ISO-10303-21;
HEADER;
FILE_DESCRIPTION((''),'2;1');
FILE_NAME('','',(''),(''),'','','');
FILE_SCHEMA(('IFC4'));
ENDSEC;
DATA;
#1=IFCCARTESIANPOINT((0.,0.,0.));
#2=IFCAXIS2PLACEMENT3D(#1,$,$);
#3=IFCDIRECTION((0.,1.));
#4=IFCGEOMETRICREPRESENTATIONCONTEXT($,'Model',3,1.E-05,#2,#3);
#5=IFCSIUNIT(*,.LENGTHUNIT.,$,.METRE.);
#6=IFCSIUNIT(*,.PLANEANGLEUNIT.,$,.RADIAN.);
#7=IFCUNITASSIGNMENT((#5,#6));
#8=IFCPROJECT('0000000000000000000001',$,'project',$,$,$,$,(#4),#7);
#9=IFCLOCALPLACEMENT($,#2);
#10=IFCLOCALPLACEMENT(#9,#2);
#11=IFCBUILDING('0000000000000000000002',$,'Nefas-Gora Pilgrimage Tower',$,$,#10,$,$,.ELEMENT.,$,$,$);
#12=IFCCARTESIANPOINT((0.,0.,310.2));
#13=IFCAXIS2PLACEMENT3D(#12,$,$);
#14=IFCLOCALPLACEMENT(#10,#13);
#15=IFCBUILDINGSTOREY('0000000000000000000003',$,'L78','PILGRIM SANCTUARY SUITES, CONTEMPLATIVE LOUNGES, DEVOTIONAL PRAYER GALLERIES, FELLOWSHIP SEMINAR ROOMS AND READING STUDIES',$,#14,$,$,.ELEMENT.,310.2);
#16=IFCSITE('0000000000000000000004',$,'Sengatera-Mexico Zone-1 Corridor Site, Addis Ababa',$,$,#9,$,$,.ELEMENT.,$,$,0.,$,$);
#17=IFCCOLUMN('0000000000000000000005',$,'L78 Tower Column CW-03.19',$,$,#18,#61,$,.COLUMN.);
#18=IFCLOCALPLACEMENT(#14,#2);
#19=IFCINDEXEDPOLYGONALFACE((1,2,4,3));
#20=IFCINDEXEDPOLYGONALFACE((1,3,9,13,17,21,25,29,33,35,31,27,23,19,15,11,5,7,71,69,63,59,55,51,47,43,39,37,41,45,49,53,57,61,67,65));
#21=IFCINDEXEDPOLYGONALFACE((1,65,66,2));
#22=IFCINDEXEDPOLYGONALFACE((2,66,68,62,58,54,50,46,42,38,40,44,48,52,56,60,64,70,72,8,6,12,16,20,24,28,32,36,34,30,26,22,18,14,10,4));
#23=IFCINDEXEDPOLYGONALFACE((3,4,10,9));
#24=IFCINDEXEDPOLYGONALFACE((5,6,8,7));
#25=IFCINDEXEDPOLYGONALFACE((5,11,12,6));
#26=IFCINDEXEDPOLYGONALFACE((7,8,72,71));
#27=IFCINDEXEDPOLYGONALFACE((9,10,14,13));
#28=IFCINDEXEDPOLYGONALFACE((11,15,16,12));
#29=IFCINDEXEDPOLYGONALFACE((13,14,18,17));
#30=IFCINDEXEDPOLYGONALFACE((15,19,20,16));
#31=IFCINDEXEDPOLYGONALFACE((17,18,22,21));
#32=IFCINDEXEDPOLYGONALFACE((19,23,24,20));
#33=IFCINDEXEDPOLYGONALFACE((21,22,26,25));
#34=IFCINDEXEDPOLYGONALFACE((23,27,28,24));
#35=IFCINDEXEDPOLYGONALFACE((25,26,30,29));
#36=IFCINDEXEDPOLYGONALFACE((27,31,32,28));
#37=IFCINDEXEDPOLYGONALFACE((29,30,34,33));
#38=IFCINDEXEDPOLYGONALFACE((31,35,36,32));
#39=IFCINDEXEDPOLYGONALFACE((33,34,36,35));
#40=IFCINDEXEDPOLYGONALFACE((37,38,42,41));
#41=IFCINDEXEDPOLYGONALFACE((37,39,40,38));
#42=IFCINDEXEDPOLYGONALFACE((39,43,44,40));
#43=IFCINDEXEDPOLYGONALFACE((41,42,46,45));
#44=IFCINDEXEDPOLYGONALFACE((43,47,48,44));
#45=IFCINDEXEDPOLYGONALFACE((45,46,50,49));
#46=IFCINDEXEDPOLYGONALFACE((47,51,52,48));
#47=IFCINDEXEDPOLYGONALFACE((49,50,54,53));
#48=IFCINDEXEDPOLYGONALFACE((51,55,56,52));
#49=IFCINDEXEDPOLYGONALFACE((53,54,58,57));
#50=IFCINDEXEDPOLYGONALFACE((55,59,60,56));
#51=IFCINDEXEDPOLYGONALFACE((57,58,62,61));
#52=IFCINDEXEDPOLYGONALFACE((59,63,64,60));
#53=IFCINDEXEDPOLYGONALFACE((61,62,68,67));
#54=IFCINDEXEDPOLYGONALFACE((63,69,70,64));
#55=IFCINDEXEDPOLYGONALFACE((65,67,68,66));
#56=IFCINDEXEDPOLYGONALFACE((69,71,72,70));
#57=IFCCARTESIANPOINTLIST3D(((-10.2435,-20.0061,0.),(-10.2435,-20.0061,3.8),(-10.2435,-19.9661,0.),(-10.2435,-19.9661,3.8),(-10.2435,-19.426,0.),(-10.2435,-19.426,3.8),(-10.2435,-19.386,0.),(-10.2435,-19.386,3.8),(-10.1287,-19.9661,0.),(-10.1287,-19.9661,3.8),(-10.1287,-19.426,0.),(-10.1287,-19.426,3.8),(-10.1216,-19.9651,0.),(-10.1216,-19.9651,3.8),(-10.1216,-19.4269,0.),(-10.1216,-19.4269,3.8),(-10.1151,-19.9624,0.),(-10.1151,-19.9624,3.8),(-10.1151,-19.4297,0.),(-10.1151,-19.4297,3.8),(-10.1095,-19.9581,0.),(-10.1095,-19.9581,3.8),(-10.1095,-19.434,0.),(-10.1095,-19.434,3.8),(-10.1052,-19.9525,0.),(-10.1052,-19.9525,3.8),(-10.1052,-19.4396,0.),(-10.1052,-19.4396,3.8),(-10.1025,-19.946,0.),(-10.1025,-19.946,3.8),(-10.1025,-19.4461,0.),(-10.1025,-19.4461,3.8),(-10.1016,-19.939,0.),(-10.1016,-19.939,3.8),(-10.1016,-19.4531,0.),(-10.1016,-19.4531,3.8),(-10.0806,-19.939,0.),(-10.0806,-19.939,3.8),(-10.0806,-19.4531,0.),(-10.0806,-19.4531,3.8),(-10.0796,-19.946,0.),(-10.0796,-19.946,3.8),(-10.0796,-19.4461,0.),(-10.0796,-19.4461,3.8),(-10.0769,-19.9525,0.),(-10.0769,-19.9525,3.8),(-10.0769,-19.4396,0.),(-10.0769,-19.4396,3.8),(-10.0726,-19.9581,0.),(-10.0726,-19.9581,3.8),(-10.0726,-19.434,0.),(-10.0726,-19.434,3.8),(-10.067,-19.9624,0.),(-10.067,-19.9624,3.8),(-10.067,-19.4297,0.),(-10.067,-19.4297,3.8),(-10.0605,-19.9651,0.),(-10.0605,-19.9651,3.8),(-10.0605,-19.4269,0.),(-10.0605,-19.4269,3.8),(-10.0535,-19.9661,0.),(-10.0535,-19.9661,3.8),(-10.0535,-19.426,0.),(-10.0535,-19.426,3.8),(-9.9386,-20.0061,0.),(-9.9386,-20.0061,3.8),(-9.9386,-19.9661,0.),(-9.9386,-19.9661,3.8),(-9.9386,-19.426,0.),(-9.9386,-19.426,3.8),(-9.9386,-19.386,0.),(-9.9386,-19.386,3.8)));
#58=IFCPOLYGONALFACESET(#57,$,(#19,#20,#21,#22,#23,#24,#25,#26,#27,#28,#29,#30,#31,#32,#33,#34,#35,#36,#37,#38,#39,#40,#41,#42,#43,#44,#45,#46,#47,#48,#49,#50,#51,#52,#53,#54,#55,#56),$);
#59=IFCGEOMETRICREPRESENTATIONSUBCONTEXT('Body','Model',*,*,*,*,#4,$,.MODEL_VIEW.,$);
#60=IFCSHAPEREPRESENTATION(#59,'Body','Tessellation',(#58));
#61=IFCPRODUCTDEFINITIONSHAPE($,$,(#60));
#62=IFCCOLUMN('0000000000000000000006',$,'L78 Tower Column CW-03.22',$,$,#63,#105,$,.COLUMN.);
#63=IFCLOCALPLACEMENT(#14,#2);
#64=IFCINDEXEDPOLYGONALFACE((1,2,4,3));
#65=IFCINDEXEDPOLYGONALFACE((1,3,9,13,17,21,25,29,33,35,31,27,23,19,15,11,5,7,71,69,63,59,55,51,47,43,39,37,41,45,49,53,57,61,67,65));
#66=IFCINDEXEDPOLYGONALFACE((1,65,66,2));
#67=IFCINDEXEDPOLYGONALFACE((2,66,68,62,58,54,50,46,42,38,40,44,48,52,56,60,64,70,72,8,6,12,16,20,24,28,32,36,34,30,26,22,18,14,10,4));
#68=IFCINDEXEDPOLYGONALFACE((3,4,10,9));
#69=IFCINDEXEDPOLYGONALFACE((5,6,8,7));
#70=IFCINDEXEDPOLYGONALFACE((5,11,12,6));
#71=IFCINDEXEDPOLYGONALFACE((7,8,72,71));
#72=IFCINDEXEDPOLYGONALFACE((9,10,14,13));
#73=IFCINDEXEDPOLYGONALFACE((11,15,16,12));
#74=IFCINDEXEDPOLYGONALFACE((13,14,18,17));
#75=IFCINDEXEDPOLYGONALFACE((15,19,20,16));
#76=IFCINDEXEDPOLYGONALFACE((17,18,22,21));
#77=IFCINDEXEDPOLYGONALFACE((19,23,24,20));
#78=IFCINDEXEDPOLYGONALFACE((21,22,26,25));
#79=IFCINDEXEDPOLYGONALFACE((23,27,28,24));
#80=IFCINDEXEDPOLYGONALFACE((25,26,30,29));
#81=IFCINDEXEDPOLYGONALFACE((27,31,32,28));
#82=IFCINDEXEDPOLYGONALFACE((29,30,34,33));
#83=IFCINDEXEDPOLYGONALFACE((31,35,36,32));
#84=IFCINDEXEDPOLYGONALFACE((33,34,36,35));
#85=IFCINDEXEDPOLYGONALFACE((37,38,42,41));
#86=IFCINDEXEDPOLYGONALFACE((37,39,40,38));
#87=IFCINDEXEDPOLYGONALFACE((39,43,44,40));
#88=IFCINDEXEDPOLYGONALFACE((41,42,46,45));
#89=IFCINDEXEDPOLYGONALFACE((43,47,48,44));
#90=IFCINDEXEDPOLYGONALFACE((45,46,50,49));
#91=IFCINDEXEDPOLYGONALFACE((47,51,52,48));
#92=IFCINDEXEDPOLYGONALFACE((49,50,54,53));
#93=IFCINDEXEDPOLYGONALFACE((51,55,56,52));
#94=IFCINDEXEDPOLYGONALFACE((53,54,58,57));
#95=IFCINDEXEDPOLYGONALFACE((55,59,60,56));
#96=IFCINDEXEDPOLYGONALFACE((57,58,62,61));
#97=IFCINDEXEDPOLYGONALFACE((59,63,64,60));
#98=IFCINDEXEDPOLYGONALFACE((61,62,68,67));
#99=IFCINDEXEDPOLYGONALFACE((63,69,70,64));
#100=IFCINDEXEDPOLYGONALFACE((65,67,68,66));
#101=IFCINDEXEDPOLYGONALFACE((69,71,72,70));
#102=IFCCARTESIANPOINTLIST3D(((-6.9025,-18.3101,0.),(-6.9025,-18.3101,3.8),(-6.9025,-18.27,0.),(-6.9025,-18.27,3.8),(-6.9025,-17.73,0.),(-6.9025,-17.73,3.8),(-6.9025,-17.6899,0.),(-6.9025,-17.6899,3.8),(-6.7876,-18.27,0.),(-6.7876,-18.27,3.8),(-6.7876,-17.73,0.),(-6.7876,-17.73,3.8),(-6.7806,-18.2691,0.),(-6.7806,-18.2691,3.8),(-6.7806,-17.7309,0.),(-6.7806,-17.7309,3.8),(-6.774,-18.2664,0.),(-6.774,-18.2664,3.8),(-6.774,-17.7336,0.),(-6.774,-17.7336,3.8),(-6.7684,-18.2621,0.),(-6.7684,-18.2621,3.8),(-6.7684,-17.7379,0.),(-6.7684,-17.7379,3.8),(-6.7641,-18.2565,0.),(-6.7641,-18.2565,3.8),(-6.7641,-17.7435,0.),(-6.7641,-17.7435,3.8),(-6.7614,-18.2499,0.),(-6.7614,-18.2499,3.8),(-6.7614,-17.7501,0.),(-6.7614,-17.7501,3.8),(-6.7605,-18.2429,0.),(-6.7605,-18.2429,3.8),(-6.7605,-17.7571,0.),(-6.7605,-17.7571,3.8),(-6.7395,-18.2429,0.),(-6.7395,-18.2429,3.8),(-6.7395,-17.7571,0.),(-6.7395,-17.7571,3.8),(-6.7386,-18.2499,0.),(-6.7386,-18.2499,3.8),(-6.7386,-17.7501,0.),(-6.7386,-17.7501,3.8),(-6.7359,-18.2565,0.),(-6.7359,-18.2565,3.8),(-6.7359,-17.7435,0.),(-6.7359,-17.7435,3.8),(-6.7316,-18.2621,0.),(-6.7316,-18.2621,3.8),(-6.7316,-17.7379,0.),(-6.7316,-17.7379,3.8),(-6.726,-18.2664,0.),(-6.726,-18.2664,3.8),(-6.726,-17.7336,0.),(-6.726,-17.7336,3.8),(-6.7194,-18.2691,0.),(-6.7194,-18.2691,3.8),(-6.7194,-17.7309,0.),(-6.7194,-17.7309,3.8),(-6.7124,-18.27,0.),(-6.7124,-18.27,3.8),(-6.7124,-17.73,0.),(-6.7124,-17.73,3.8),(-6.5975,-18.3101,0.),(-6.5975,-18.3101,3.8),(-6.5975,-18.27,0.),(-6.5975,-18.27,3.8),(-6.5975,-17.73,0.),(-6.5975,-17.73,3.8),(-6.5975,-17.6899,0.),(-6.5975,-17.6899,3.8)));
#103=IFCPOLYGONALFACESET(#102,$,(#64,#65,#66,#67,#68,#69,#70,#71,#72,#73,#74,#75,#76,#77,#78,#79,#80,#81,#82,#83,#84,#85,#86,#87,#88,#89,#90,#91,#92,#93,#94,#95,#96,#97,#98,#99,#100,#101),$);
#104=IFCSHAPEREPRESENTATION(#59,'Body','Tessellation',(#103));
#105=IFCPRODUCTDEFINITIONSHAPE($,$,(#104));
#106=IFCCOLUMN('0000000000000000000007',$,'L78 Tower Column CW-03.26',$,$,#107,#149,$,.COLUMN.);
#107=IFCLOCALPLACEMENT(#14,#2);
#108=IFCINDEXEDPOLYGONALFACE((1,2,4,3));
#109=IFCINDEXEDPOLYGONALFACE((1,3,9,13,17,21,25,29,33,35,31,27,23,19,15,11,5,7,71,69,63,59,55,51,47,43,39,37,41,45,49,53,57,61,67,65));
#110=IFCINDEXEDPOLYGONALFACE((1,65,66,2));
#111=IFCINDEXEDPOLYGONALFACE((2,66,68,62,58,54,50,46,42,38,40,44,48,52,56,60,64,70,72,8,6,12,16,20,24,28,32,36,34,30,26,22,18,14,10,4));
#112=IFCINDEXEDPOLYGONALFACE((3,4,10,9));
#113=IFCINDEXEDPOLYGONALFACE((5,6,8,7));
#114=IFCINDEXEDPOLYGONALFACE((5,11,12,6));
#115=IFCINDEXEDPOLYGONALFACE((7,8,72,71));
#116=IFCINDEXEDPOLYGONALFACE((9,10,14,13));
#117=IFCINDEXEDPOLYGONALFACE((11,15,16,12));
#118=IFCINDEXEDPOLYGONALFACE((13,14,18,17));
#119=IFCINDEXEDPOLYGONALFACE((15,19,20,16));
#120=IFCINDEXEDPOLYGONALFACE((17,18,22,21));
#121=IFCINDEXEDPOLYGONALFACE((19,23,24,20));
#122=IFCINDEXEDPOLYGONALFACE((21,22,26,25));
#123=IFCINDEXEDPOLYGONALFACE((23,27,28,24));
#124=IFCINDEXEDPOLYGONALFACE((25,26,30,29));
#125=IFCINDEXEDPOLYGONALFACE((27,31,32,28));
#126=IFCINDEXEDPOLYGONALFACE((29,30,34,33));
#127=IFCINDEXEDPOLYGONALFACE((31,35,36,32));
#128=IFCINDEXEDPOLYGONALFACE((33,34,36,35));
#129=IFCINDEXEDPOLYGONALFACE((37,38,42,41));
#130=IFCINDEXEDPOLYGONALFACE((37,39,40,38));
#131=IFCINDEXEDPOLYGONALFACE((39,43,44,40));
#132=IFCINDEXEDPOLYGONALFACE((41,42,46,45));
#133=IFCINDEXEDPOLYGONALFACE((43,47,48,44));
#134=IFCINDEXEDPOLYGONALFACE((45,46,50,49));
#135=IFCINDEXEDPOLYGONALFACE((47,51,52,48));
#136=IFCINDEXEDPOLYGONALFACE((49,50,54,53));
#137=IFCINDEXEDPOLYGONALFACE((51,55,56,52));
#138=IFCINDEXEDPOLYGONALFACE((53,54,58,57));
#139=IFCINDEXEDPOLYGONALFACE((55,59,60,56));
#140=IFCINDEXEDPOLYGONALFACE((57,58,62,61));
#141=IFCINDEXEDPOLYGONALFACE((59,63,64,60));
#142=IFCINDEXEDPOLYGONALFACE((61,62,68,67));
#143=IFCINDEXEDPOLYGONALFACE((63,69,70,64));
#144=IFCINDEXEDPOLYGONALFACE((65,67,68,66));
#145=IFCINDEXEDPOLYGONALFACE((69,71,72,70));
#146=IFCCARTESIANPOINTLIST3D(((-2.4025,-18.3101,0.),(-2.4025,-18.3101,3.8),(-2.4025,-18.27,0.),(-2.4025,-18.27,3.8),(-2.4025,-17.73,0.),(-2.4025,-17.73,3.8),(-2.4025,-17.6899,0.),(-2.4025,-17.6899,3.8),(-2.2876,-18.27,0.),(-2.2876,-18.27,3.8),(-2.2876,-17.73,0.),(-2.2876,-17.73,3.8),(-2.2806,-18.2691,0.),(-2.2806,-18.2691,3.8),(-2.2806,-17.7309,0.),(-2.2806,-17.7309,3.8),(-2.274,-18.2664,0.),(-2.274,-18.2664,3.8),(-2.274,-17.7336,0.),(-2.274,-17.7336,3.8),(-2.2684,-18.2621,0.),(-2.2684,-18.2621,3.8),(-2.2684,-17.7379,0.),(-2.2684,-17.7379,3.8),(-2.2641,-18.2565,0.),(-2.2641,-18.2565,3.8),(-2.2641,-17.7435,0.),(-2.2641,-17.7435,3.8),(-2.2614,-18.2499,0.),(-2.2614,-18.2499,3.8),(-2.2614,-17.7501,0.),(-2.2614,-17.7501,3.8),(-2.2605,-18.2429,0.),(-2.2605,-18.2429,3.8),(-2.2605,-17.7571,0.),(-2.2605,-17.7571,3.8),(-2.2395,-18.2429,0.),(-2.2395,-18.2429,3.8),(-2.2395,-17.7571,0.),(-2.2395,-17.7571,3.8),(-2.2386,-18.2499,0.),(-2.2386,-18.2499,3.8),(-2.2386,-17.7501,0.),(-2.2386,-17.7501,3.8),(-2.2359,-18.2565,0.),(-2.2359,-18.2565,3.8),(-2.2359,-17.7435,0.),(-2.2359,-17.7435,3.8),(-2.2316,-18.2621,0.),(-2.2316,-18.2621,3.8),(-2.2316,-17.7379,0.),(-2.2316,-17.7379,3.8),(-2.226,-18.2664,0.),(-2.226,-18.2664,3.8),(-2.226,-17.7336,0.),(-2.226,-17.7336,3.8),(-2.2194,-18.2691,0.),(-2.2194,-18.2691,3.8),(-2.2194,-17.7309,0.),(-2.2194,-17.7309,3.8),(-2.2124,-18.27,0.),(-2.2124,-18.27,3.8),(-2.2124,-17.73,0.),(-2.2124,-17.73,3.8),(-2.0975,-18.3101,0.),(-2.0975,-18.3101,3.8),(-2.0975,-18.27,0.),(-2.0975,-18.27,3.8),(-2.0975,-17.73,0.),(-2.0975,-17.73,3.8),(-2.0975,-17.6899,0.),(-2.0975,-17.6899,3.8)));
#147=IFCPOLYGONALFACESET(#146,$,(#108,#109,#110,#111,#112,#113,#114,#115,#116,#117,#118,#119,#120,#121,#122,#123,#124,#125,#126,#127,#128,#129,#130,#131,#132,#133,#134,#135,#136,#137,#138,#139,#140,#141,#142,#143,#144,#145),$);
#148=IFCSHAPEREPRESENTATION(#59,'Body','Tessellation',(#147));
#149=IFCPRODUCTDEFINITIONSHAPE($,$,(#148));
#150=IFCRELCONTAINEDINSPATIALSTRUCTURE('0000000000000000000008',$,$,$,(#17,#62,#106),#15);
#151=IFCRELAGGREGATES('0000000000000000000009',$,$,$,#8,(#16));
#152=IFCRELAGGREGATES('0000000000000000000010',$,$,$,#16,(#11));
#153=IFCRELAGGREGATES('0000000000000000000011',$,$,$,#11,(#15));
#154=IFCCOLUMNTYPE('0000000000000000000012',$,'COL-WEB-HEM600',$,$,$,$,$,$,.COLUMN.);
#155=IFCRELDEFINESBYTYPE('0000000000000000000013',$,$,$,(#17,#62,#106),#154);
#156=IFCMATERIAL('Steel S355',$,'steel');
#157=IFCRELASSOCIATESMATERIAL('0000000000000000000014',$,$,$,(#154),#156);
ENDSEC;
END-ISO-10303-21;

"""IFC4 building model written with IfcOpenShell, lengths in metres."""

from ifc_helpers import new_model, si_unit, direction, frame, origin, origin_2d, place, context, subcontext, project, spatial, i_section, extrude, source, transform, mapped, material, material_profile, profile_set, type_object, element, save


model = new_model("IFC4")

# Units and contexts
model_context = context("Model", 3, precision=1e-05, world=origin(), true_north=direction((0.0, 1.0)))
body_context = subcontext(model_context, "Body", "Model", "MODEL_VIEW")
ifc_project = project(units=[si_unit("LENGTHUNIT", "METRE"), si_unit("PLANEANGLEUNIT", "RADIAN")], contexts=[model_context])

# Site, building, storey
site_placement = place(None, origin())
site = spatial("IfcSite", under=ifc_project, at=site_placement, Name="Sengatera-Mexico Zone-1 Corridor Site, Addis Ababa", CompositionType="ELEMENT", RefElevation=0.0)
building_placement = place(site_placement, origin())
building = spatial("IfcBuilding", under=site, at=building_placement, Name="Nefas-Gora Pilgrimage Tower", CompositionType="ELEMENT")
storey_placement = place(building_placement, frame((0.0, 0.0, 310.2)))
storey = spatial("IfcBuildingStorey", under=building, at=storey_placement, Name="L78", Description="PILGRIM SANCTUARY SUITES, CONTEMPLATIVE LOUNGES, DEVOTIONAL PRAYER GALLERIES, FELLOWSHIP SEMINAR ROOMS AND READING STUDIES", CompositionType="ELEMENT", Elevation=310.2)

# Columns
ifc_material_1 = material(Name="Steel S355", Category="steel")
ifc_material_profile_1 = material_profile(ifc_material_1, i_section(OverallWidth=0.3049, OverallDepth=0.6201, WebThickness=0.021, FlangeThickness=0.04, FilletRadius=0.0271, at=origin_2d()), Name="HEM 600")
ifc_profile_set_1 = profile_set([ifc_material_profile_1], Name="Steel S355")
column_type_1 = type_object("IfcColumnType", Name="COL-WEB-HEM600", PredefinedType="COLUMN", material=ifc_profile_set_1)
shared_shape_1 = source(origin(), body_context, "Body", "SweptSolid", [
    extrude(i_section(OverallWidth=0.3049, OverallDepth=0.6201, WebThickness=0.021, FlangeThickness=0.04, FilletRadius=0.0271, at=origin_2d()), origin(), (0.0, 0.0, 1.0), 3.8),
])
for number, where, z_axis, x_axis, name in (
    (1, (-10.0911, -19.696, 0.0), (0.0, 0.0, 1.0), (1.0, 0.0, 0.0), "L78 Tower Column CW-03.19"),
    (2, (-6.75, -18.0, 0.0), (0.0, 0.0, 1.0), (1.0, 0.0, 0.0), "L78 Tower Column CW-03.22"),
    (3, (-2.25, -18.0, 0.0), (0.0, 0.0, 1.0), (1.0, 0.0, 0.0), "L78 Tower Column CW-03.26"),
):
    element("IfcColumn", number, at=place(storey_placement, frame(where, z_axis=z_axis, x_axis=x_axis)), inside=storey, type_object=column_type_1, Name=name, PredefinedType="COLUMN", context=body_context, shape_type="MappedRepresentation", body=[
        mapped(shared_shape_1, transform((0.0, 0.0, 0.0), x_axis=(1.0, 0.0, 0.0), y_axis=(0.0, 1.0, 0.0), z_axis=(0.0, 0.0, 1.0), scale=1.0)),
    ])

save(model, "model.ifc")
